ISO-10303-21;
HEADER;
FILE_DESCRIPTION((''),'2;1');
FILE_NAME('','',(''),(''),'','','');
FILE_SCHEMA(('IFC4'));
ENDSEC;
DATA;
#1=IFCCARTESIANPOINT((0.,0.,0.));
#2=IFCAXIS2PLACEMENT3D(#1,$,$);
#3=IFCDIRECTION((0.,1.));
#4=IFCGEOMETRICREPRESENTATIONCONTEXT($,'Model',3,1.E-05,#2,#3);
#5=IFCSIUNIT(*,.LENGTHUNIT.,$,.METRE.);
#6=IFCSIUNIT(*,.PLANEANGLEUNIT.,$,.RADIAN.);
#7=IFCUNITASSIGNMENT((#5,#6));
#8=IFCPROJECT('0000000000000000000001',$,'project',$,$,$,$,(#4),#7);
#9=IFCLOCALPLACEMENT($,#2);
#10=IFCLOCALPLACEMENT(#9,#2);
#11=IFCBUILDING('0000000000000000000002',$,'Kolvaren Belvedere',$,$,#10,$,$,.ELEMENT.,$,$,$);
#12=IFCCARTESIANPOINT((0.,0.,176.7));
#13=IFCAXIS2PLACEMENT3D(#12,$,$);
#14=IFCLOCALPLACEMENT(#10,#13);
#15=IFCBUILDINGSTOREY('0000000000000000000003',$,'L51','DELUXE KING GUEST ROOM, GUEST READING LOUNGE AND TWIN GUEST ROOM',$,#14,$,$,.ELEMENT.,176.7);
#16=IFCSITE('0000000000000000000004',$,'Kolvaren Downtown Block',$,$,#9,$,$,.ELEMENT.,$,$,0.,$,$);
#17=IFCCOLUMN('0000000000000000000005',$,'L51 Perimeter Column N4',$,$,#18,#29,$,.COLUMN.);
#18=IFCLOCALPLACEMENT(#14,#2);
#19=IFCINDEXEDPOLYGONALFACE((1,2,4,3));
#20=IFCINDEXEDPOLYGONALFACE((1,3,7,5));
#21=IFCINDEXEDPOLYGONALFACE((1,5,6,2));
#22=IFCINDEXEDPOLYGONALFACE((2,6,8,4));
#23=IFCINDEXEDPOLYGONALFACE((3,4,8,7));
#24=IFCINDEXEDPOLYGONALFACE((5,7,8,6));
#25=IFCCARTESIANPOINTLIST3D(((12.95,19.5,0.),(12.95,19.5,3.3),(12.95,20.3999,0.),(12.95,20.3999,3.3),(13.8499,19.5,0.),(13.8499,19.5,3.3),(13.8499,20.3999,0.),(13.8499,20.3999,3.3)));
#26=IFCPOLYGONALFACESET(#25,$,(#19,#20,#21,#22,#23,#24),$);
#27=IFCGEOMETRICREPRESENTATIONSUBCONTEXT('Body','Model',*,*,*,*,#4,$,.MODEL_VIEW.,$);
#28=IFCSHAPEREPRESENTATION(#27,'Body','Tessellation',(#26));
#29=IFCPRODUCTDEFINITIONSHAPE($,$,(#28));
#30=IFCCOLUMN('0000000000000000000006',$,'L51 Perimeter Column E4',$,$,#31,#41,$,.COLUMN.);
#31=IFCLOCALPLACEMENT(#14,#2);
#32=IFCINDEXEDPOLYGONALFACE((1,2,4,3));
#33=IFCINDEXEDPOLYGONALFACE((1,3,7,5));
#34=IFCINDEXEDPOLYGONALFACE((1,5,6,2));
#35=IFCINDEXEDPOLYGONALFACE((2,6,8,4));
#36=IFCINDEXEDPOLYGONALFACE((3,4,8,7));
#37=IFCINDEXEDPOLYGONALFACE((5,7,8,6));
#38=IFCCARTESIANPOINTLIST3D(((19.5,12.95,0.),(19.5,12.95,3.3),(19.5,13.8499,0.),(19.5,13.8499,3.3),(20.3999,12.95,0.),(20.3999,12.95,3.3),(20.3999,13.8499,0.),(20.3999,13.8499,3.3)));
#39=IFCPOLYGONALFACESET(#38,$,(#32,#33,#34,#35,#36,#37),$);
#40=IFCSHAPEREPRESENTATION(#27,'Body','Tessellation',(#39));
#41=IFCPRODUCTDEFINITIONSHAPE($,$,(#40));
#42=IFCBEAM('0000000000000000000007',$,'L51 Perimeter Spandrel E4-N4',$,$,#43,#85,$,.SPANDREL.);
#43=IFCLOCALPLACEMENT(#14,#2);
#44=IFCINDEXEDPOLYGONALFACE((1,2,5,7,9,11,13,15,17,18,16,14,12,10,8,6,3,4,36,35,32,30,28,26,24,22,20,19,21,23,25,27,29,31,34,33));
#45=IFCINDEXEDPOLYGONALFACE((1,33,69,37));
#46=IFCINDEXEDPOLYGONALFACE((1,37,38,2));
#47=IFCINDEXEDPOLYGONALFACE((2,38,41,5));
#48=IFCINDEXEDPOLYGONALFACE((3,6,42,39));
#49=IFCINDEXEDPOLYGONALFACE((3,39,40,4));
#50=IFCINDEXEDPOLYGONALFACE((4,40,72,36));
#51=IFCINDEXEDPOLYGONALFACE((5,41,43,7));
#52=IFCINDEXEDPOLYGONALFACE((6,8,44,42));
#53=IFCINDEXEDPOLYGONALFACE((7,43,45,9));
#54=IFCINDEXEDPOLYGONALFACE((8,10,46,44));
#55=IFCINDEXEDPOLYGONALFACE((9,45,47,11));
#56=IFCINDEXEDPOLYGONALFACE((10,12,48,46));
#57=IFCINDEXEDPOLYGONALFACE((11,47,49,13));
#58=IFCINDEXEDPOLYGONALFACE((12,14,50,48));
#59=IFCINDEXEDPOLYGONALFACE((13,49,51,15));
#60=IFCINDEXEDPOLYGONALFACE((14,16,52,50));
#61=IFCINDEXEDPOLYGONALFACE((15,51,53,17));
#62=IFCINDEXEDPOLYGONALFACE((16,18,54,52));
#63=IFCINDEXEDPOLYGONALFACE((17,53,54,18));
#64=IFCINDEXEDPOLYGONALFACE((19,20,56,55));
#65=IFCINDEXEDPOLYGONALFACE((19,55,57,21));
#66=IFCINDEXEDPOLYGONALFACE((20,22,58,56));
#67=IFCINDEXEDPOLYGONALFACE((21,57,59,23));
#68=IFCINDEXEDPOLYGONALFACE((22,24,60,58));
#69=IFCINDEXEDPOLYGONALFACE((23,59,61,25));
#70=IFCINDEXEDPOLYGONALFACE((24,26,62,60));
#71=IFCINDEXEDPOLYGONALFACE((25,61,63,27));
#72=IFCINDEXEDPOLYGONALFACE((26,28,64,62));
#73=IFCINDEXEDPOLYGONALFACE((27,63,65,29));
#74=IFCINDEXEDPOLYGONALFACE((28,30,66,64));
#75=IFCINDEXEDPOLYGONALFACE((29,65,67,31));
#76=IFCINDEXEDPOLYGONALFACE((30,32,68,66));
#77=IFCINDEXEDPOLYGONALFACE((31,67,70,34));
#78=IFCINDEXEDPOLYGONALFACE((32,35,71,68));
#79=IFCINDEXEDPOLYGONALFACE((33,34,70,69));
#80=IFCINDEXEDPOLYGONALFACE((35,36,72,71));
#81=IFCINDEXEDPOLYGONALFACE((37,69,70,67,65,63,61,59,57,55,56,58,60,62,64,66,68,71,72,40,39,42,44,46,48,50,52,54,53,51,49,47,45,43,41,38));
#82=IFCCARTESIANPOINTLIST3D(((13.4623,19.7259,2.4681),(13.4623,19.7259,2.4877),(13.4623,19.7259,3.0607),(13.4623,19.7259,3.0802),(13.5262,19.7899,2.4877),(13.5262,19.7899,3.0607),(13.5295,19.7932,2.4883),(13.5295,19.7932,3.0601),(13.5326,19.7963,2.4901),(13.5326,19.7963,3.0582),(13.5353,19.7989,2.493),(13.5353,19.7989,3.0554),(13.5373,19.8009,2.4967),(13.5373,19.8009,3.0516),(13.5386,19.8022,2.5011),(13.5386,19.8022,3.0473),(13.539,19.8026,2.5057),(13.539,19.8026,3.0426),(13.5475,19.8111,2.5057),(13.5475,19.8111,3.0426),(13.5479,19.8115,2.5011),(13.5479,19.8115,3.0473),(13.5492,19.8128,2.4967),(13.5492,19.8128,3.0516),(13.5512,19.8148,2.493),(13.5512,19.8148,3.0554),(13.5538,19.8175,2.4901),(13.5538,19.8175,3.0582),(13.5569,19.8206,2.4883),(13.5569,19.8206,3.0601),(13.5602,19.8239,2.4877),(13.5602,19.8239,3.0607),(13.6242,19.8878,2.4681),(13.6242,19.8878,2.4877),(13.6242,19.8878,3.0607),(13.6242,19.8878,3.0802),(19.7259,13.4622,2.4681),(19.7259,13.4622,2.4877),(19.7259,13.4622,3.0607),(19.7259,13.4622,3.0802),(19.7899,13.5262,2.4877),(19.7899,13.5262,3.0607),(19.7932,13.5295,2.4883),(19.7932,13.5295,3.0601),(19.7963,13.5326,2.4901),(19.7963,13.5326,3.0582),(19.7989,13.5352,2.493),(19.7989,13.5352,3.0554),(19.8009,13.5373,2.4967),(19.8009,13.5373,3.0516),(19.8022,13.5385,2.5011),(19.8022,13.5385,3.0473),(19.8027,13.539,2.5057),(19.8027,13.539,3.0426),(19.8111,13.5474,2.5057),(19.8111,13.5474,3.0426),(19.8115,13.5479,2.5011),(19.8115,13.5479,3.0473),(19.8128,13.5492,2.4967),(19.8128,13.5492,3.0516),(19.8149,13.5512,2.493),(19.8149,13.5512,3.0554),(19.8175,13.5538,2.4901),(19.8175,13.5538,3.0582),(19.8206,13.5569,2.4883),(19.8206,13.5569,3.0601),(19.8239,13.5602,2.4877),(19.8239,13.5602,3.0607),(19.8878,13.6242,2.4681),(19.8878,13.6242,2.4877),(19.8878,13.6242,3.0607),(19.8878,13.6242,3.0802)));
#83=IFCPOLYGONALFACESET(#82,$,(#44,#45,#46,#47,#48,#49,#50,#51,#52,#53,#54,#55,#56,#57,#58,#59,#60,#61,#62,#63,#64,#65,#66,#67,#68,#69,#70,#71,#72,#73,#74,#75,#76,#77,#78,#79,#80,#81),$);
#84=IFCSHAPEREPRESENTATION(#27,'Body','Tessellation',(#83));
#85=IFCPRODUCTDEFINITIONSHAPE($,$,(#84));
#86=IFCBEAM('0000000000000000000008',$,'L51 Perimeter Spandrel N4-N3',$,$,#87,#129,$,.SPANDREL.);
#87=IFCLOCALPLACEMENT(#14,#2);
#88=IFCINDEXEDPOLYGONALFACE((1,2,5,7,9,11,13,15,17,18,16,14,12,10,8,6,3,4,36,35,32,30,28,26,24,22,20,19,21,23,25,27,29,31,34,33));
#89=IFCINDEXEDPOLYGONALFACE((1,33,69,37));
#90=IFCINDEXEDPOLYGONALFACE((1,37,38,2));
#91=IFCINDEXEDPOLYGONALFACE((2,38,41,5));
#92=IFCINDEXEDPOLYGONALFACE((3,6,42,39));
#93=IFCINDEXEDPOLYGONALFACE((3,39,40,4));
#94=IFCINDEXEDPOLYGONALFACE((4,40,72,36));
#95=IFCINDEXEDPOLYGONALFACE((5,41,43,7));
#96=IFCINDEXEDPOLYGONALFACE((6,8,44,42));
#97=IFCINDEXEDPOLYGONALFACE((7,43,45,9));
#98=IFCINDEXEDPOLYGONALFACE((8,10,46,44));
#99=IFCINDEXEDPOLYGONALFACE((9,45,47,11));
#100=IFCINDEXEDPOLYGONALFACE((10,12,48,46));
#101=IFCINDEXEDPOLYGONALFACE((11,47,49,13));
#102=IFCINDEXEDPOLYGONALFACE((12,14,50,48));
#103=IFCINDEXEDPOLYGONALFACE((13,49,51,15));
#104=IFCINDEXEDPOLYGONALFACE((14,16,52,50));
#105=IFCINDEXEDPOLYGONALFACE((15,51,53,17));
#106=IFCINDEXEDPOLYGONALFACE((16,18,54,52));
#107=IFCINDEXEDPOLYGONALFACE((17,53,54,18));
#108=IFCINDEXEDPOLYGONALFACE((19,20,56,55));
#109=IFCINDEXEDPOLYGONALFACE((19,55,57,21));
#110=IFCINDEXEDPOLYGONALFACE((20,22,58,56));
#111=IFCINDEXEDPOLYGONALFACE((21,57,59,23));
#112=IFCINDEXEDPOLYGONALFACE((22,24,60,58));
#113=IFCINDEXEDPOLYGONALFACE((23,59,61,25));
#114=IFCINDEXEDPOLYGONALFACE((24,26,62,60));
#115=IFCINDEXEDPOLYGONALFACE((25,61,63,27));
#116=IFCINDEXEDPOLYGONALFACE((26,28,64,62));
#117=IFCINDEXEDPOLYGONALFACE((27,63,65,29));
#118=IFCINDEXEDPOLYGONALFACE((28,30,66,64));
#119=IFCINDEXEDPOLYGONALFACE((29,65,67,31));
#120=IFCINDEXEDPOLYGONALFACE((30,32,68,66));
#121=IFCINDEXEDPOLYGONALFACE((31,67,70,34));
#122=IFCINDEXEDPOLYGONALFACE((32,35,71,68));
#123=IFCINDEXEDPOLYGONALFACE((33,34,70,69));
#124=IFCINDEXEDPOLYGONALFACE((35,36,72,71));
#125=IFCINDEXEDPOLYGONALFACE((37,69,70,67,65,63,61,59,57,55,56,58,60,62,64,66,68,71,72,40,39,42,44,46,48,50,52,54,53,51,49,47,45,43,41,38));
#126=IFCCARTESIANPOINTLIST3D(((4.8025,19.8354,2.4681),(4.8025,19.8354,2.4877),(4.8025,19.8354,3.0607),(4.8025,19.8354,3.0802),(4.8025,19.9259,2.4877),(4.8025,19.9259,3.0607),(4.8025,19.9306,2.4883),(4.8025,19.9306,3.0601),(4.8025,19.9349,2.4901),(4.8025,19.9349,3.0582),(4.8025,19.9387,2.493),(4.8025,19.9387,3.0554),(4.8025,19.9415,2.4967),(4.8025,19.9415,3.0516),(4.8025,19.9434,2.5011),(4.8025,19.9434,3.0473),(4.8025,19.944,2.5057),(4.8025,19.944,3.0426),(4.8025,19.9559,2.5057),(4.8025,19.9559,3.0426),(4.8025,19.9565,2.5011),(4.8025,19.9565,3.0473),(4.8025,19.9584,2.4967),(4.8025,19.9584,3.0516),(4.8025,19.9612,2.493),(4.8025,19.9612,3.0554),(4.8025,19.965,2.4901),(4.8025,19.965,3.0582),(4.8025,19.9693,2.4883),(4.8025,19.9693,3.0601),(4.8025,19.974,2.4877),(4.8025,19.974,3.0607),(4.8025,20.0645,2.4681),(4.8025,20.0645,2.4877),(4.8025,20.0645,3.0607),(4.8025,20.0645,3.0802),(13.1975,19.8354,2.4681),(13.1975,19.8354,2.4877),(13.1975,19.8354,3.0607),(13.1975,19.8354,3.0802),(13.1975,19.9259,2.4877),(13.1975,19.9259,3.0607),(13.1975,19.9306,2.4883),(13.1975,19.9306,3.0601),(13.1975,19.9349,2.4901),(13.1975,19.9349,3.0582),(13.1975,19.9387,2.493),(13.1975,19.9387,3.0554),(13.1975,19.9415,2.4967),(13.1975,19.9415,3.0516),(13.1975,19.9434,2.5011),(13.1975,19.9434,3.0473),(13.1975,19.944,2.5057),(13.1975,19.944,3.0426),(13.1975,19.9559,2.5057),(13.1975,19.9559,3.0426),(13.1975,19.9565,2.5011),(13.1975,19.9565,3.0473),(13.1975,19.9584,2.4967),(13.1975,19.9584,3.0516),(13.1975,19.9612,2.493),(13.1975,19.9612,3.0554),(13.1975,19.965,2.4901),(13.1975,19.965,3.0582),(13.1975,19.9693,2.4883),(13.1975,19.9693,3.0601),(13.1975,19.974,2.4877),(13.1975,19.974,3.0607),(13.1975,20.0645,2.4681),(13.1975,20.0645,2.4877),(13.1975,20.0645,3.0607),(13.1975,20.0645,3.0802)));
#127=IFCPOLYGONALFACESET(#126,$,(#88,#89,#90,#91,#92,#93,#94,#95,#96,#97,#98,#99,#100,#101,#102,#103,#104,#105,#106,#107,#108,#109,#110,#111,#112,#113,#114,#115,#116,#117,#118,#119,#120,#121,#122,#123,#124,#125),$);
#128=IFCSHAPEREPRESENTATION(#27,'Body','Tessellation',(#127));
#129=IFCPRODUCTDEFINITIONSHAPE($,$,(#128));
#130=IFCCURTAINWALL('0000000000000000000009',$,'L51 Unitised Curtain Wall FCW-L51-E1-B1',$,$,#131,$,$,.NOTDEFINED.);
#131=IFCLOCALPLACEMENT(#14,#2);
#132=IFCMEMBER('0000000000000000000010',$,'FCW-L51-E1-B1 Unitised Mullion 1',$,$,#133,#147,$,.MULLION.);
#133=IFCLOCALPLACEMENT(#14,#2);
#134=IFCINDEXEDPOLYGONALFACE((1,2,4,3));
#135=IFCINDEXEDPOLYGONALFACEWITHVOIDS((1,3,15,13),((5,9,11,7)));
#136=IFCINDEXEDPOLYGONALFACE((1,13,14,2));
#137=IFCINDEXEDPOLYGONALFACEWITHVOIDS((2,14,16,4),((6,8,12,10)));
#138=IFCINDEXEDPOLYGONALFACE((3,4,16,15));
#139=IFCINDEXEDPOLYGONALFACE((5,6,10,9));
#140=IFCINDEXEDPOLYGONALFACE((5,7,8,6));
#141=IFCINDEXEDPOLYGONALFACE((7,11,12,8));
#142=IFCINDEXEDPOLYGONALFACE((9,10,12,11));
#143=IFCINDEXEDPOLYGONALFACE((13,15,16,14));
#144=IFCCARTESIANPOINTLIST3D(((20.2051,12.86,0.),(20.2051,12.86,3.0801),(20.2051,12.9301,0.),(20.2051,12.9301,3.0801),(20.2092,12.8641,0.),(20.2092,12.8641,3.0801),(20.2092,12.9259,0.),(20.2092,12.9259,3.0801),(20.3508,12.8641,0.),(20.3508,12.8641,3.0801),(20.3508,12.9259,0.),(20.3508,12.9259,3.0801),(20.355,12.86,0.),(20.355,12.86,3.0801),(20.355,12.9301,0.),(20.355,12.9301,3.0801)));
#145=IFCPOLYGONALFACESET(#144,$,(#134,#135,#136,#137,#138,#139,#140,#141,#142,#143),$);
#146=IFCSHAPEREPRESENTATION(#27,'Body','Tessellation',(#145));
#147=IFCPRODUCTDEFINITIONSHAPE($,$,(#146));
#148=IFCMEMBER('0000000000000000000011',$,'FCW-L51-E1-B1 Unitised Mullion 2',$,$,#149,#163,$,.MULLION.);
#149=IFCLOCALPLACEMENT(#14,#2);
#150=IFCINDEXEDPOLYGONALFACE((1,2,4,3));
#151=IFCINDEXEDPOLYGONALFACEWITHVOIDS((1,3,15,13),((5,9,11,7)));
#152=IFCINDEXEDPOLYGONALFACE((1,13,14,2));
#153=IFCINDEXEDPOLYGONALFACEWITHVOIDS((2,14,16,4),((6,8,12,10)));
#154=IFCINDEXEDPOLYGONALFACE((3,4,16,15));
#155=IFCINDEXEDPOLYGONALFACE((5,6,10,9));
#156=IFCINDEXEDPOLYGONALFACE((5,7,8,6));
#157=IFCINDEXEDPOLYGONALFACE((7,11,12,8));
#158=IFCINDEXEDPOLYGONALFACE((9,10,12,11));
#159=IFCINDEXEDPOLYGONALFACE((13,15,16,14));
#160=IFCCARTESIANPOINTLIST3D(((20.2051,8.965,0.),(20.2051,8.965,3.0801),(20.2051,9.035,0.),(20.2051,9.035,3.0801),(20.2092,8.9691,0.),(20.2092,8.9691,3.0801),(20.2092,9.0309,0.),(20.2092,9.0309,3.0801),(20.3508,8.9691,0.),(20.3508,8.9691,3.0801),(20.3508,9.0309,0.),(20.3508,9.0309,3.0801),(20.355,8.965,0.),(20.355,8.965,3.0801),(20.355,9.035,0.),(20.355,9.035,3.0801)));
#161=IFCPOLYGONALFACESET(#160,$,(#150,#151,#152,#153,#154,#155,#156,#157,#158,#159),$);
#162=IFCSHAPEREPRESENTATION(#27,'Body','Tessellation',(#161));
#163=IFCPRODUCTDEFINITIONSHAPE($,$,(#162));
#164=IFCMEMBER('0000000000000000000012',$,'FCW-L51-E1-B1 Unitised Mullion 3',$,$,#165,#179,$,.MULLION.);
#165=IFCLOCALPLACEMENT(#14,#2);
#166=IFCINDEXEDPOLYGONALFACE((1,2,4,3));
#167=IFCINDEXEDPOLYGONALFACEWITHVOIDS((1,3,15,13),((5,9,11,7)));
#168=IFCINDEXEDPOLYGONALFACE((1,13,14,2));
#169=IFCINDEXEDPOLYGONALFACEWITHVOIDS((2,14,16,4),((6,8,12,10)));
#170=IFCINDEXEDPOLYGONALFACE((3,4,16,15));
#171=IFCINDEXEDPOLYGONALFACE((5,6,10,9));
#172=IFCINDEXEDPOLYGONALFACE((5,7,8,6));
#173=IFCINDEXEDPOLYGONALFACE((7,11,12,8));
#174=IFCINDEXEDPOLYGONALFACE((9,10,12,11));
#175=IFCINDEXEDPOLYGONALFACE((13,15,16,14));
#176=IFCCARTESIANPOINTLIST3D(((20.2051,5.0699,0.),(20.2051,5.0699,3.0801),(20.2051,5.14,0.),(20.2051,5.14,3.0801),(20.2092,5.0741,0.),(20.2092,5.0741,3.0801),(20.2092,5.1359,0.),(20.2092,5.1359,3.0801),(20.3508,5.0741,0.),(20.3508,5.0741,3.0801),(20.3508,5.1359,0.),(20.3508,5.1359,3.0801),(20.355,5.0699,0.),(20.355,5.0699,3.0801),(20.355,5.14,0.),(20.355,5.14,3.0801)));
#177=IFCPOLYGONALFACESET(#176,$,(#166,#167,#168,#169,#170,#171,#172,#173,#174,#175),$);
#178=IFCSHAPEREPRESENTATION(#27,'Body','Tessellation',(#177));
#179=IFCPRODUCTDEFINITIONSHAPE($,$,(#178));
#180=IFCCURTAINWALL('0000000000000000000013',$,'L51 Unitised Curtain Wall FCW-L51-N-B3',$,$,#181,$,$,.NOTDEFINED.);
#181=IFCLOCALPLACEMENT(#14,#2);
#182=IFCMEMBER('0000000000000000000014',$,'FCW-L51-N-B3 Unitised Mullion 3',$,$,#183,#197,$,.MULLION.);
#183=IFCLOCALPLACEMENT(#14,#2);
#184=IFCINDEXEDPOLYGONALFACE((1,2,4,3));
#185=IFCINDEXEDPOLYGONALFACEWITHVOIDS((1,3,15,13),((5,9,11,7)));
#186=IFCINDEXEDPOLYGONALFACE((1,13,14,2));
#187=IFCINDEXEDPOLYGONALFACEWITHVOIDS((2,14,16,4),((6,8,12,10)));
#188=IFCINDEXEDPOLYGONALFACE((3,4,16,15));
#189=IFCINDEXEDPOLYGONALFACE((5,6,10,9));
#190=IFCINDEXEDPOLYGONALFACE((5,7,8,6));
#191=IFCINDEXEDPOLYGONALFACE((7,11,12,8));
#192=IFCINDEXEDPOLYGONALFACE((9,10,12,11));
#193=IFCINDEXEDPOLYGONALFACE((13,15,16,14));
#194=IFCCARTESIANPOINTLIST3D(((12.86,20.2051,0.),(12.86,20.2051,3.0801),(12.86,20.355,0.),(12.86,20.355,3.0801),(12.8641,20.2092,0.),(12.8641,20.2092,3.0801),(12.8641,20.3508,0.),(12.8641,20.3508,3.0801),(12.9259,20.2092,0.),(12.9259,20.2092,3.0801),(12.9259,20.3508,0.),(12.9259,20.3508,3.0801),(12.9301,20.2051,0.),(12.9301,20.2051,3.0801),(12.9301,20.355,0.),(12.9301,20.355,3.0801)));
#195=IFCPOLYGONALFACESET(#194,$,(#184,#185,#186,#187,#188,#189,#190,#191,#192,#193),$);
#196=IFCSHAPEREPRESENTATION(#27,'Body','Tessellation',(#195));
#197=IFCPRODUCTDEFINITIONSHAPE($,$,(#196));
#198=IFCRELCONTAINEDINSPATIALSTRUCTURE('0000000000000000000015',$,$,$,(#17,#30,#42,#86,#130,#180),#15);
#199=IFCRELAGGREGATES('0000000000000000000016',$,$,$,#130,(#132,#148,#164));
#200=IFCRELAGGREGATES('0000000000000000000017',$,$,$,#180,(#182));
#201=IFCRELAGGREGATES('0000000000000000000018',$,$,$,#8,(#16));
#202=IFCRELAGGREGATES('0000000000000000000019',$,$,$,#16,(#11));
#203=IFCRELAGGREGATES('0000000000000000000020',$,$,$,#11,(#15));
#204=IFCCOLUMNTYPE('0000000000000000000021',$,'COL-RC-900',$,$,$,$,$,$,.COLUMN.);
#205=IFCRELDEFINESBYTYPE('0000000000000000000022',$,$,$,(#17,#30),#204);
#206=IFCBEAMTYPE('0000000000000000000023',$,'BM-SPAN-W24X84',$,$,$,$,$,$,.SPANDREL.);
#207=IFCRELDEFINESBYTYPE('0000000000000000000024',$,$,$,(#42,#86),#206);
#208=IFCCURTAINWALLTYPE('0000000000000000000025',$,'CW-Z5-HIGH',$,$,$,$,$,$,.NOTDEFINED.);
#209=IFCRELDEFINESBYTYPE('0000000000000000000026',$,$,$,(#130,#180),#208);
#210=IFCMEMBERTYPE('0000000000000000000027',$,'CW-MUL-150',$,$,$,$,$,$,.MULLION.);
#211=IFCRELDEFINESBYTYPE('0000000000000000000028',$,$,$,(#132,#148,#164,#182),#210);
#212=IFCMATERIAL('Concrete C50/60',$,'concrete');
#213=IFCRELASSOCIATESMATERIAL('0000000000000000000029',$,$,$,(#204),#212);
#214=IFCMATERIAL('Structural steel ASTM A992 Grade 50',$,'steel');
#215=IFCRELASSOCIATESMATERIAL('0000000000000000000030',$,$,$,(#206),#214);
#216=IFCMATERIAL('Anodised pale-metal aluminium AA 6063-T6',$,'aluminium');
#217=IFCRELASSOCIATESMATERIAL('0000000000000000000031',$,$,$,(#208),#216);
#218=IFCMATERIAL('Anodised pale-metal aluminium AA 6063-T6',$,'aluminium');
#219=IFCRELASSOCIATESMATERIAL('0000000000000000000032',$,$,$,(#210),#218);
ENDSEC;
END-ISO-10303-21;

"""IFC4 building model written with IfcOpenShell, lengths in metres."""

from ifc_helpers import new_model, si_unit, direction, frame, origin, origin_2d, place, context, subcontext, project, spatial, rectangle, hollow_rectangle, i_section, extrude, material, material_profile, profile_set, type_object, element, aggregate, save


model = new_model("IFC4")

# Units and contexts
model_context = context("Model", 3, precision=1e-05, world=origin(), true_north=direction((0.0, 1.0)))
body_context = subcontext(model_context, "Body", "Model", "MODEL_VIEW")
ifc_project = project(units=[si_unit("LENGTHUNIT", "METRE"), si_unit("PLANEANGLEUNIT", "RADIAN")], contexts=[model_context])

# Site, building, storey
site_placement = place(None, origin())
site = spatial("IfcSite", under=ifc_project, at=site_placement, Name="Kolvaren Downtown Block", CompositionType="ELEMENT", RefElevation=0.0)
building_placement = place(site_placement, origin())
building = spatial("IfcBuilding", under=site, at=building_placement, Name="Kolvaren Belvedere", CompositionType="ELEMENT")
storey_placement = place(building_placement, frame((0.0, 0.0, 176.7)))
storey = spatial("IfcBuildingStorey", under=building, at=storey_placement, Name="L51", Description="DELUXE KING GUEST ROOM, GUEST READING LOUNGE AND TWIN GUEST ROOM", CompositionType="ELEMENT", Elevation=176.7)

# Columns
ifc_material_1 = material(Name="Concrete C50/60", Category="concrete")
ifc_material_profile_1 = material_profile(ifc_material_1, rectangle(XDim=0.8999, YDim=0.8999, at=origin_2d()), Name="RC 900X900")
ifc_profile_set_1 = profile_set([ifc_material_profile_1], Name="Concrete C50/60")
column_type = type_object("IfcColumnType", Name="COL-RC-900", PredefinedType="COLUMN", material=ifc_profile_set_1)
for number, where, z_axis, x_axis, name in (
    (1, (13.3999, 19.95, 0.0), (0.0, 0.0, 1.0), (1.0, 0.0, 0.0), "L51 Perimeter Column N4"),
    (2, (19.95, 13.3999, 0.0), (0.0, 0.0, 1.0), (1.0, 0.0, 0.0), "L51 Perimeter Column E4"),
):
    element("IfcColumn", number, at=place(storey_placement, frame(where, z_axis=z_axis, x_axis=x_axis)), inside=storey, type_object=column_type, Name=name, PredefinedType="COLUMN", context=body_context, shape_type="SweptSolid", body=[
        extrude(rectangle(XDim=0.8999, YDim=0.8999, at=origin_2d()), origin(), (0.0, 0.0, 1.0), 3.3),
    ])

# Beams
ifc_material_2 = material(Name="Structural steel ASTM A992 Grade 50", Category="steel")
ifc_material_profile_2 = material_profile(ifc_material_2, i_section(OverallWidth=0.229, OverallDepth=0.6121, WebThickness=0.012, FlangeThickness=0.0195, FilletRadius=0.0181, at=origin_2d()), Name="W24X84")
ifc_profile_set_2 = profile_set([ifc_material_profile_2], Name="Structural steel ASTM A992 Grade 50")
beam_type = type_object("IfcBeamType", Name="BM-SPAN-W24X84", PredefinedType="SPANDREL", material=ifc_profile_set_2)
beam_1_placement = place(storey_placement, frame((19.8069, 13.5432, 2.7742), z_axis=(-0.707107, 0.707107, 0.0), x_axis=(-0.707107, -0.707107, 0.0)))
element("IfcBeam", 3, at=beam_1_placement, inside=storey, type_object=beam_type, Name="L51 Perimeter Spandrel E4-N4", PredefinedType="SPANDREL", context=body_context, shape_type="SweptSolid", body=[
    extrude(i_section(OverallWidth=0.229, OverallDepth=0.6121, WebThickness=0.012, FlangeThickness=0.0195, FilletRadius=0.0181, at=origin_2d()), origin(), (0.0, 0.0, 1.0), 8.8582),
])
beam_2_placement = place(storey_placement, frame((13.1975, 19.95, 2.7742), z_axis=(-1.0, 0.0, 0.0), x_axis=(0.0, -1.0, 0.0)))
element("IfcBeam", 4, at=beam_2_placement, inside=storey, type_object=beam_type, Name="L51 Perimeter Spandrel N4-N3", PredefinedType="SPANDREL", context=body_context, shape_type="SweptSolid", body=[
    extrude(i_section(OverallWidth=0.229, OverallDepth=0.6121, WebThickness=0.012, FlangeThickness=0.0195, FilletRadius=0.0181, at=origin_2d()), origin(), (0.0, 0.0, 1.0), 8.395),
])

# Curtain wall, members
ifc_material_3 = material(Name="Anodised pale-metal aluminium AA 6063-T6", Category="aluminium")
curtain_wall_type = type_object("IfcCurtainWallType", Name="CW-Z5-HIGH", PredefinedType="NOTDEFINED", material=ifc_material_3)
curtain_wall_1_placement = place(storey_placement, origin())
curtain_wall_1 = element("IfcCurtainWall", 5, at=curtain_wall_1_placement, inside=storey, type_object=curtain_wall_type, Name="L51 Unitised Curtain Wall FCW-L51-E1-B1", PredefinedType="NOTDEFINED")
ifc_material_4 = material(Name="Anodised pale-metal aluminium AA 6063-T6", Category="aluminium")
ifc_material_profile_3 = material_profile(ifc_material_4, hollow_rectangle(XDim=0.0701, YDim=0.1499, WallThickness=0.0042, at=origin_2d()), Name="ALU-MUL-150X70")
ifc_profile_set_3 = profile_set([ifc_material_profile_3], Name="Anodised pale-metal aluminium AA 6063-T6")
member_type_1 = type_object("IfcMemberType", Name="CW-MUL-150", PredefinedType="MULLION", material=ifc_profile_set_3)
member_1_placement = place(storey_placement, frame((20.28, 12.895, 0.0), z_axis=(0.0, 0.0, 1.0), x_axis=(0.0, 1.0, 0.0)))
member_1 = element("IfcMember", 6, at=member_1_placement, type_object=member_type_1, Name="FCW-L51-E1-B1 Unitised Mullion 1", PredefinedType="MULLION", context=body_context, shape_type="SweptSolid", body=[
    extrude(hollow_rectangle(XDim=0.0701, YDim=0.1499, WallThickness=0.0042, at=origin_2d()), origin(), (0.0, 0.0, 1.0), 3.0801),
])
member_2_placement = place(storey_placement, frame((20.28, 9.0, 0.0), z_axis=(0.0, 0.0, 1.0), x_axis=(0.0, 1.0, 0.0)))
member_2 = element("IfcMember", 7, at=member_2_placement, type_object=member_type_1, Name="FCW-L51-E1-B1 Unitised Mullion 2", PredefinedType="MULLION", context=body_context, shape_type="SweptSolid", body=[
    extrude(hollow_rectangle(XDim=0.0701, YDim=0.1499, WallThickness=0.0042, at=origin_2d()), origin(), (0.0, 0.0, 1.0), 3.0801),
])
member_3_placement = place(storey_placement, frame((20.28, 5.105, 0.0), z_axis=(0.0, 0.0, 1.0), x_axis=(0.0, 1.0, 0.0)))
member_3 = element("IfcMember", 8, at=member_3_placement, type_object=member_type_1, Name="FCW-L51-E1-B1 Unitised Mullion 3", PredefinedType="MULLION", context=body_context, shape_type="SweptSolid", body=[
    extrude(hollow_rectangle(XDim=0.0701, YDim=0.1499, WallThickness=0.0042, at=origin_2d()), origin(), (0.0, 0.0, 1.0), 3.0801),
])

# Curtain wall, member
curtain_wall_2_placement = place(storey_placement, origin())
curtain_wall_2 = element("IfcCurtainWall", 9, at=curtain_wall_2_placement, inside=storey, type_object=curtain_wall_type, Name="L51 Unitised Curtain Wall FCW-L51-N-B3", PredefinedType="NOTDEFINED")
member_4_placement = place(storey_placement, frame((12.895, 20.28, 0.0), z_axis=(0.0, 0.0, 1.0), x_axis=(1.0, 0.0, 0.0)))
member_4 = element("IfcMember", 10, at=member_4_placement, type_object=member_type_1, Name="FCW-L51-N-B3 Unitised Mullion 3", PredefinedType="MULLION", context=body_context, shape_type="SweptSolid", body=[
    extrude(hollow_rectangle(XDim=0.0701, YDim=0.1499, WallThickness=0.0042, at=origin_2d()), origin(), (0.0, 0.0, 1.0), 3.0801),
])

aggregate(curtain_wall_1, [member_1, member_2, member_3])
aggregate(curtain_wall_2, [member_4])

save(model, "model.ifc")
